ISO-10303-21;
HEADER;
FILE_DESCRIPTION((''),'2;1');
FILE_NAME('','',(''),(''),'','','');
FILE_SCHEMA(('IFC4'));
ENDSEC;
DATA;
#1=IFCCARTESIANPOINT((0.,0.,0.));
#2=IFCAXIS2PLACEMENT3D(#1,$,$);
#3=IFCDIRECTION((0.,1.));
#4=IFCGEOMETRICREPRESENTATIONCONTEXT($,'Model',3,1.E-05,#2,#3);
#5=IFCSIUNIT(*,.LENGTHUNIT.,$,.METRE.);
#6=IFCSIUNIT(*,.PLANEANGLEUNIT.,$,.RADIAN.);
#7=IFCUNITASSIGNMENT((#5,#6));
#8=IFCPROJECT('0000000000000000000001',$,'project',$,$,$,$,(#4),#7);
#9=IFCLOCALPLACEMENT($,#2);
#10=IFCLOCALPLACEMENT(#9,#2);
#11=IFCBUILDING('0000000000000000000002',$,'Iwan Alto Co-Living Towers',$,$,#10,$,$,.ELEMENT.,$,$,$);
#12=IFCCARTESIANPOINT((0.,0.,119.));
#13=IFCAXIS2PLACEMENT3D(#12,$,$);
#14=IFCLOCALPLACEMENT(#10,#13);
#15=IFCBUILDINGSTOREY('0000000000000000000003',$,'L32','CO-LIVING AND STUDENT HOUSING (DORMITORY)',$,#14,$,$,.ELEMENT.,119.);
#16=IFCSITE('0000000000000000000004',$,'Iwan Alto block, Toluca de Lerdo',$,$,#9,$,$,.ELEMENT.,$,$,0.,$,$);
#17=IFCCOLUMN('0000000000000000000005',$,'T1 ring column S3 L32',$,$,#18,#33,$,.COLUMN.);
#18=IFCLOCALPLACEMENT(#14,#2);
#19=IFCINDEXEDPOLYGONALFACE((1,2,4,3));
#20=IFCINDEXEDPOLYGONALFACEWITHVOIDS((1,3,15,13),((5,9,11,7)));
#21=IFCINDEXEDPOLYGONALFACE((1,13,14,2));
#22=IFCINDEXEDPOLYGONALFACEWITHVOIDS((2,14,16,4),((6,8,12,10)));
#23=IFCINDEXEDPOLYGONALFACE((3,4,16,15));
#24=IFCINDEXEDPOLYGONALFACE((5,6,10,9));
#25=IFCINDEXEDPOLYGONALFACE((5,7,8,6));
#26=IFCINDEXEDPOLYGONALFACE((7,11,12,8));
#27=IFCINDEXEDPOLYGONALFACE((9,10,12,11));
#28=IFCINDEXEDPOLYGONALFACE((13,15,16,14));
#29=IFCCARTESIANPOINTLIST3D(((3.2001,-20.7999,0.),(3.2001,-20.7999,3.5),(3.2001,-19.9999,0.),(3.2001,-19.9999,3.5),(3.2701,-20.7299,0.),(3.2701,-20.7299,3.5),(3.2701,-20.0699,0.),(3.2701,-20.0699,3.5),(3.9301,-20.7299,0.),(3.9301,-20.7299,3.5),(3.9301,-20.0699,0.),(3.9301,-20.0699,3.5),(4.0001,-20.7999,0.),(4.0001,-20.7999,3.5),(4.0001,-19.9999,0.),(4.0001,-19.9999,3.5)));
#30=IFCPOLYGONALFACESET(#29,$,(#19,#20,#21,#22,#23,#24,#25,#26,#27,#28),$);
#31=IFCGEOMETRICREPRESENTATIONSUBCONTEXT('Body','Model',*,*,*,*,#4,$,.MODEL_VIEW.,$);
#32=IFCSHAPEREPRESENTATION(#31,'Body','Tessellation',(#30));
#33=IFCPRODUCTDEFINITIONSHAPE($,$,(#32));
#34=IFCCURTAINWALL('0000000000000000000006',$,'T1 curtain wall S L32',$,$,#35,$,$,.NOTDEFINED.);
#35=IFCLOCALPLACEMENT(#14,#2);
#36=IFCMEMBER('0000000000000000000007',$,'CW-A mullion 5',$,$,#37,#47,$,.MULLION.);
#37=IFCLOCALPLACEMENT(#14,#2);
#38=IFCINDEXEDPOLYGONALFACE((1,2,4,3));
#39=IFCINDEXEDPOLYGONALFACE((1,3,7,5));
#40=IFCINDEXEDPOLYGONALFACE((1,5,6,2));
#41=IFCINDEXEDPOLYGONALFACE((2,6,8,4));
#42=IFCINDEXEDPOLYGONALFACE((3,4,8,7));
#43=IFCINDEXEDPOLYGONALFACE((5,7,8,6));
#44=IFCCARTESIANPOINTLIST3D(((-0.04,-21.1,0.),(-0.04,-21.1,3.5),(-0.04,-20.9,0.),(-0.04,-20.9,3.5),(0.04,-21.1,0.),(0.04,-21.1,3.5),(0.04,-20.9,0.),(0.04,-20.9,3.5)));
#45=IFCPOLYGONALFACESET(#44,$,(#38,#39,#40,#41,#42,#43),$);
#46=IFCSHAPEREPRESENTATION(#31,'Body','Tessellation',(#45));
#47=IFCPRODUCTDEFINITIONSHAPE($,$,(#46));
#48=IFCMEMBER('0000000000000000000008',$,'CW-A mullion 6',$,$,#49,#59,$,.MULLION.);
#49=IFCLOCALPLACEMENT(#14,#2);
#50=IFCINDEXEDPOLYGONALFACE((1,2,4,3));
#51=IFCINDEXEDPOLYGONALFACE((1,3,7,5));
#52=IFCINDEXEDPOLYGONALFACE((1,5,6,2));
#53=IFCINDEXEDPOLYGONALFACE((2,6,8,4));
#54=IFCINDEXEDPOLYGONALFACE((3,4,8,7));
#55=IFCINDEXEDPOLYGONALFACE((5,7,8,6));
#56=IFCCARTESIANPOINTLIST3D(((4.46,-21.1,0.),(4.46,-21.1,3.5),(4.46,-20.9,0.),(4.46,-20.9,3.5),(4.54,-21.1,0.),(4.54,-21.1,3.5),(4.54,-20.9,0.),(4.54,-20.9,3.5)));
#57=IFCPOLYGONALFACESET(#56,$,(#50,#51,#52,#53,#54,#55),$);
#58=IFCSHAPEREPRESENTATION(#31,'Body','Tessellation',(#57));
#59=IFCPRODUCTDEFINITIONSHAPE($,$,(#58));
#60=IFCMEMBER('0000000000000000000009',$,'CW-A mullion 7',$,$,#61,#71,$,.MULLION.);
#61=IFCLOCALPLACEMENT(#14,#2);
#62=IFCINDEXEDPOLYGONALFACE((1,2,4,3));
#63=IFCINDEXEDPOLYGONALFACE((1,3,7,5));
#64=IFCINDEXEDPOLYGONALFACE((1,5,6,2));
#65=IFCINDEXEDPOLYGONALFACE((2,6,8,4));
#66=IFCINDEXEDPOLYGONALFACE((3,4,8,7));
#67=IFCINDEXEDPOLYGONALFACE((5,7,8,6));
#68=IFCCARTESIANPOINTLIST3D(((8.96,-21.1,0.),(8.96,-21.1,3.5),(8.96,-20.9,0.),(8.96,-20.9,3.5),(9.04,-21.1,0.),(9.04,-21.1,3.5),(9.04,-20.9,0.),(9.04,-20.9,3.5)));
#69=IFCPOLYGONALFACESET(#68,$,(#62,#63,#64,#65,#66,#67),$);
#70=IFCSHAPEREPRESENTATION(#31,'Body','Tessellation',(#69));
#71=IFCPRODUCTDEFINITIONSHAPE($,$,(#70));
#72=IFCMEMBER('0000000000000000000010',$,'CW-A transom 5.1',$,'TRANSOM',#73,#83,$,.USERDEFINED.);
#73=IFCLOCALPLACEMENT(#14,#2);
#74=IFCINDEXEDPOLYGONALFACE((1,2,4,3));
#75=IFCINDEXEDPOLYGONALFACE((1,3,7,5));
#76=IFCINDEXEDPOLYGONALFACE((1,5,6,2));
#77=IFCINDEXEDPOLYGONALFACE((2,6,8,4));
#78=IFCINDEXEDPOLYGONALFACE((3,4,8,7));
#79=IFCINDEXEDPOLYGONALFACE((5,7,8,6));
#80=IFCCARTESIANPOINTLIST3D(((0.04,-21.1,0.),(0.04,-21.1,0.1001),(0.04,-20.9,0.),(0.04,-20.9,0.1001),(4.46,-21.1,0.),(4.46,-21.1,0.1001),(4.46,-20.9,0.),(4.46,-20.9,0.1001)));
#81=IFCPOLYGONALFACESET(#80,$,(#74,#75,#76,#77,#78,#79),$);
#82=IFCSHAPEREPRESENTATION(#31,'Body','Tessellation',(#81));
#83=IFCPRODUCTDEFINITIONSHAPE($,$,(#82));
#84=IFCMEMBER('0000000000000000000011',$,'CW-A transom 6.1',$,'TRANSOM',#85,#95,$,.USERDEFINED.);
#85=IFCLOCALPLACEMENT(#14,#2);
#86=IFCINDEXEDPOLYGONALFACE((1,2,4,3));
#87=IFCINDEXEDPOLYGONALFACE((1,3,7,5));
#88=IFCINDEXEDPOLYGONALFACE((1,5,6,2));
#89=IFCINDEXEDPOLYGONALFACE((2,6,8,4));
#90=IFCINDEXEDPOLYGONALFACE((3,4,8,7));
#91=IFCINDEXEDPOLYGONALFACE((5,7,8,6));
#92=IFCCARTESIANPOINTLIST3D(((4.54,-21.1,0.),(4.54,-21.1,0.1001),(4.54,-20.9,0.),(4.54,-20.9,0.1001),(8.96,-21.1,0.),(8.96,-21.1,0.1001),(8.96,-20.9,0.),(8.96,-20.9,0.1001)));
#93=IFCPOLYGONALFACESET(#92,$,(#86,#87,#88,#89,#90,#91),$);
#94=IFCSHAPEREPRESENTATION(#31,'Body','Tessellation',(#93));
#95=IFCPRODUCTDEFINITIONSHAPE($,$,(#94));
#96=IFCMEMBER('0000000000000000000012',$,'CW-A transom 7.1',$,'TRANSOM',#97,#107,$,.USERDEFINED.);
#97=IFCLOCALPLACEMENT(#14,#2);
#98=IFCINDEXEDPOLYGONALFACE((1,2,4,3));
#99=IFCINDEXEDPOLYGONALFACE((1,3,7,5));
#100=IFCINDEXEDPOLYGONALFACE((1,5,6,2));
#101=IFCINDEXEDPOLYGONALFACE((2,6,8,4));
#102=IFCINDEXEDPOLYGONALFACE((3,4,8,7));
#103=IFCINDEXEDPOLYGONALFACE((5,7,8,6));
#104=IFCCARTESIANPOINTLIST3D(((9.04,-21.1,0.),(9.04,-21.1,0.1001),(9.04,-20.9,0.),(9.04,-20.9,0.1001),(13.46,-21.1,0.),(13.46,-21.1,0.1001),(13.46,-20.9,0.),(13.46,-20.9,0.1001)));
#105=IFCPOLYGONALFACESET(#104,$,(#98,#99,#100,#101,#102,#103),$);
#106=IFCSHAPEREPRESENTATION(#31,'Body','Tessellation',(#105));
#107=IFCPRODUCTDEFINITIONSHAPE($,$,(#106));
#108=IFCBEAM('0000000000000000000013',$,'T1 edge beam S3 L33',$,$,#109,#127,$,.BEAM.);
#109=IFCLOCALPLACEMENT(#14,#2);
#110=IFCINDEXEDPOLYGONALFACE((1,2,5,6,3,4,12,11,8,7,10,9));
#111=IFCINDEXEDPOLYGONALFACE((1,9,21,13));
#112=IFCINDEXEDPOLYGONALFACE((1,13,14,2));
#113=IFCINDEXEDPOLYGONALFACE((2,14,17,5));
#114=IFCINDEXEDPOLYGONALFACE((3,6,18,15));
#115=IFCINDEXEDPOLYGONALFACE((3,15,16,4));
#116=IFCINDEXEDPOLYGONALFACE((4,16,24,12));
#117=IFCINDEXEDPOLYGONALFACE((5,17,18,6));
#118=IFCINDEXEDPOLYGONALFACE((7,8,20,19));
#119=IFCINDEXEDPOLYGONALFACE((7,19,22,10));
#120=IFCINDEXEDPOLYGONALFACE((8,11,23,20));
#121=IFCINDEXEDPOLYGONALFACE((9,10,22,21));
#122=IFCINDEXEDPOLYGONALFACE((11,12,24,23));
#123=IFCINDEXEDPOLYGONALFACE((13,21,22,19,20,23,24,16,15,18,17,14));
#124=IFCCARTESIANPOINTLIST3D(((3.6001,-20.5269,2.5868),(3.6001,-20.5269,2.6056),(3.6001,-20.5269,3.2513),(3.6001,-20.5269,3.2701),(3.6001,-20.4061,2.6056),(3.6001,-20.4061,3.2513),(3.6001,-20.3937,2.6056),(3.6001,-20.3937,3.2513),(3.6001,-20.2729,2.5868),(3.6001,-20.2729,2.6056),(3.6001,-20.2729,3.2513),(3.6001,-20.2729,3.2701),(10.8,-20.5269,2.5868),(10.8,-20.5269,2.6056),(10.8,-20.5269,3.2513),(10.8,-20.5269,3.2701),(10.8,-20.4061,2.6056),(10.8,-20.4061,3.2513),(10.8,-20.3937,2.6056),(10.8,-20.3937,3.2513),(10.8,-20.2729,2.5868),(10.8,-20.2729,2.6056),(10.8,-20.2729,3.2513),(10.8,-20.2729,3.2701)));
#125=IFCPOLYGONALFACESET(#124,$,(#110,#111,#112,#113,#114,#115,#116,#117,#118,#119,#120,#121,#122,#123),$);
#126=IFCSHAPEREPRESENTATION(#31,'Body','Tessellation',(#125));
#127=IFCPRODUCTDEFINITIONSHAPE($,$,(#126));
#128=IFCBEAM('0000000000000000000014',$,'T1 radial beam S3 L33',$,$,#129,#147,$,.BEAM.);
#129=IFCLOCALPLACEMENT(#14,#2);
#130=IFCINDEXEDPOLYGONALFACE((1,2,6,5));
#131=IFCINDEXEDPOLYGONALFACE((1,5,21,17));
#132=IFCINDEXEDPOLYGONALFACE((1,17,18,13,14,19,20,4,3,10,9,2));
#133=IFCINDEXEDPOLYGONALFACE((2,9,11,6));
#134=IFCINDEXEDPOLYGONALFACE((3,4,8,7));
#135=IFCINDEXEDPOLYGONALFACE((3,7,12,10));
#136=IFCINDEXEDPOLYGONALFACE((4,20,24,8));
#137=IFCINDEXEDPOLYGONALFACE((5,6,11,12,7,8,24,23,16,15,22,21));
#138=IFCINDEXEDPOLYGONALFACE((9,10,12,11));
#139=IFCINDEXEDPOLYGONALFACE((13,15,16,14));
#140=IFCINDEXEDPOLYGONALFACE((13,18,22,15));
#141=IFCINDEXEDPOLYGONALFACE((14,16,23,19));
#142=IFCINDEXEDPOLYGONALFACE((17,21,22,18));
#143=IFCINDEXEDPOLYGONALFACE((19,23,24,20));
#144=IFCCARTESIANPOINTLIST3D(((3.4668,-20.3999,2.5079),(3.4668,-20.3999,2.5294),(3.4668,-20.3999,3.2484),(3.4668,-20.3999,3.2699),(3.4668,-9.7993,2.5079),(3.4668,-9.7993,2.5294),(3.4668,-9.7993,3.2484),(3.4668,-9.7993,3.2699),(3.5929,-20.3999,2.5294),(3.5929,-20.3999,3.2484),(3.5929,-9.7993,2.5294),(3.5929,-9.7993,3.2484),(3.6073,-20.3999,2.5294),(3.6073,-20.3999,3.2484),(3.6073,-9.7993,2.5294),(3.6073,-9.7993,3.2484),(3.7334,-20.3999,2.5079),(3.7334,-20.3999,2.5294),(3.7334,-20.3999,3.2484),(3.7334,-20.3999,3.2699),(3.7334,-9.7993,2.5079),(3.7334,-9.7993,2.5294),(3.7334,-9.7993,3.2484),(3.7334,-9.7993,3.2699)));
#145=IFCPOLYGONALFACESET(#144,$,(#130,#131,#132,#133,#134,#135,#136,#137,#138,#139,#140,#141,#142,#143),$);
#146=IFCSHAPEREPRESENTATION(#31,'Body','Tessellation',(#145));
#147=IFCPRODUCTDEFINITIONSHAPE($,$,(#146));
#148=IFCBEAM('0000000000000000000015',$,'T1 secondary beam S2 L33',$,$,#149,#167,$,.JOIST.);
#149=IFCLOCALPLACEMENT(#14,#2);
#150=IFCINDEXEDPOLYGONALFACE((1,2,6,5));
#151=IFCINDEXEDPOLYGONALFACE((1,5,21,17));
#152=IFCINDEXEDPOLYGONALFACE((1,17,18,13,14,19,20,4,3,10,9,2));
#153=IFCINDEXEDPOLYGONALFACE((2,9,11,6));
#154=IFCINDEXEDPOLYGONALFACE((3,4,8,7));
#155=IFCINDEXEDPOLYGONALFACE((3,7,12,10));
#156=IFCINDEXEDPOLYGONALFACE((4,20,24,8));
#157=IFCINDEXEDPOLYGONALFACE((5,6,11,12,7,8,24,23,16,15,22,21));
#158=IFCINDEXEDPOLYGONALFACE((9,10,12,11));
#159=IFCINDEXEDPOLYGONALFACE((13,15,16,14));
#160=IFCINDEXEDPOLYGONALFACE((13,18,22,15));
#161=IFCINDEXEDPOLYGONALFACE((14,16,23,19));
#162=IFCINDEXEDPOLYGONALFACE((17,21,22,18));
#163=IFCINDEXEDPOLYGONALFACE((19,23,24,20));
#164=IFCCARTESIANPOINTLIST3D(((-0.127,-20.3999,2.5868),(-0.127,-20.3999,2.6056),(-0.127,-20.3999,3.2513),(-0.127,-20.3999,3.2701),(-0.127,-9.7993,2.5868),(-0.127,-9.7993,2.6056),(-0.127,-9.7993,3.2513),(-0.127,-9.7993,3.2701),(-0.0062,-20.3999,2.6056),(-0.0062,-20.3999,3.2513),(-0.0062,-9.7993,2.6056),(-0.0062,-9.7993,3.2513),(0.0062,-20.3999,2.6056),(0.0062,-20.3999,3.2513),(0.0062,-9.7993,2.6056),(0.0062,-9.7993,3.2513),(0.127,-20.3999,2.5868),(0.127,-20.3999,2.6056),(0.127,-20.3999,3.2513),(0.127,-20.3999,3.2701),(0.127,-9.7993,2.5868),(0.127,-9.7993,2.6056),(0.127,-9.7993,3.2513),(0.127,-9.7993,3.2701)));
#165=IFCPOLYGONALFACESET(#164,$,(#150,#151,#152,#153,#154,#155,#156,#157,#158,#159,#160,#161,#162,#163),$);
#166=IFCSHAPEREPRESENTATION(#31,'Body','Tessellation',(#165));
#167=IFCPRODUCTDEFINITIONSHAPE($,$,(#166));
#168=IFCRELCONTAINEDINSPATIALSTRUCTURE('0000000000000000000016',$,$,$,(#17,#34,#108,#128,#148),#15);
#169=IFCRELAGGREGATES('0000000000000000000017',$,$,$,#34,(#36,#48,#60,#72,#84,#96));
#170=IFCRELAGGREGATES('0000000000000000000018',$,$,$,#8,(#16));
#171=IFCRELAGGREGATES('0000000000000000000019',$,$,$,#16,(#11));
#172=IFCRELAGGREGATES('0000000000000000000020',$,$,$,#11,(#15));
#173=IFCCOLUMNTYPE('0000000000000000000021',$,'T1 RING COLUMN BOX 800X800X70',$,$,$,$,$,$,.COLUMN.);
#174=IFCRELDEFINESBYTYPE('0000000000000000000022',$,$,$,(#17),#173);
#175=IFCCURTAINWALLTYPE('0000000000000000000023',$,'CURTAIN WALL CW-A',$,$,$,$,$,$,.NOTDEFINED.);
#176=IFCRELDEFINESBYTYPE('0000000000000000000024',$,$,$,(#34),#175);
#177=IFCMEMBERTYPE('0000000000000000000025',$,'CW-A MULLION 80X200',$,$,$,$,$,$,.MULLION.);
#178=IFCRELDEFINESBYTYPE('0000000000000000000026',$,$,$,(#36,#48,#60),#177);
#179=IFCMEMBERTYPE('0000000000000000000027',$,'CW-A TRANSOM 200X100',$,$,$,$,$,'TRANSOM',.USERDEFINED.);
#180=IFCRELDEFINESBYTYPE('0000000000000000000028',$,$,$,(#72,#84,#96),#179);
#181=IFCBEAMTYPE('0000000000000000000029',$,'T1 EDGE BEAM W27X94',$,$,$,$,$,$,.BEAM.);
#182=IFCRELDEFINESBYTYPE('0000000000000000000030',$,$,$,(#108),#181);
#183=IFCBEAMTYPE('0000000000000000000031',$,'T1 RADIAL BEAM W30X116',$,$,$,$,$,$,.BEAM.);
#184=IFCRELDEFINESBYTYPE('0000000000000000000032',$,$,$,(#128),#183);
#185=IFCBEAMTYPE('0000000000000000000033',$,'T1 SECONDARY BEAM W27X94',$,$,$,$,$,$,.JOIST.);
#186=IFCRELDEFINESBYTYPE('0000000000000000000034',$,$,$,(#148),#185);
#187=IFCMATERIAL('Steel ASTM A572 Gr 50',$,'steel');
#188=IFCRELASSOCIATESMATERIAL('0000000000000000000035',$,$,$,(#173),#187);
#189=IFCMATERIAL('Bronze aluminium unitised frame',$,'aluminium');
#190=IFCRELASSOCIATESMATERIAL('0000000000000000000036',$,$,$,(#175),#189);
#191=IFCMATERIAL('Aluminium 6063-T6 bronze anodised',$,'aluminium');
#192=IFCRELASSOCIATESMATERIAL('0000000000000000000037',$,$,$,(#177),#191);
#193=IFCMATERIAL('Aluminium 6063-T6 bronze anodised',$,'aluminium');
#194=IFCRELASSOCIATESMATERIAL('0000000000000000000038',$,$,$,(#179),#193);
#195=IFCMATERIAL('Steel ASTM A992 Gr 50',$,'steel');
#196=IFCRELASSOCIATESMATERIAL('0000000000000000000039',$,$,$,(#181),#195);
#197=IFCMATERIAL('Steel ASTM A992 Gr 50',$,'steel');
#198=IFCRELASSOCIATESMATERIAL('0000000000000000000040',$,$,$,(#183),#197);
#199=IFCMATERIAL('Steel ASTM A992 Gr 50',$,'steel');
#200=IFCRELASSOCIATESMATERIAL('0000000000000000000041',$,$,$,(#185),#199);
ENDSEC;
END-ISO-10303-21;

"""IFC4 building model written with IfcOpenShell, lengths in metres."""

from ifc_helpers import new_model, si_unit, direction, frame, origin, origin_2d, place, context, subcontext, project, spatial, rectangle, hollow_rectangle, i_section, extrude, material, material_profile, profile_set, type_object, element, aggregate, save


model = new_model("IFC4")

# Units and contexts
model_context = context("Model", 3, precision=1e-05, world=origin(), true_north=direction((0.0, 1.0)))
body_context = subcontext(model_context, "Body", "Model", "MODEL_VIEW")
ifc_project = project(units=[si_unit("LENGTHUNIT", "METRE"), si_unit("PLANEANGLEUNIT", "RADIAN")], contexts=[model_context])

# Site, building, storey
site_placement = place(None, origin())
site = spatial("IfcSite", under=ifc_project, at=site_placement, Name="Iwan Alto block, Toluca de Lerdo", CompositionType="ELEMENT", RefElevation=0.0)
building_placement = place(site_placement, origin())
building = spatial("IfcBuilding", under=site, at=building_placement, Name="Iwan Alto Co-Living Towers", CompositionType="ELEMENT")
storey_placement = place(building_placement, frame((0.0, 0.0, 119.0)))
storey = spatial("IfcBuildingStorey", under=building, at=storey_placement, Name="L32", Description="CO-LIVING AND STUDENT HOUSING (DORMITORY)", CompositionType="ELEMENT", Elevation=119.0)

# Column
ifc_material_1 = material(Name="Steel ASTM A572 Gr 50", Category="steel")
ifc_material_profile_1 = material_profile(ifc_material_1, hollow_rectangle(XDim=0.8, YDim=0.8, WallThickness=0.0701, at=origin_2d()), Name="BOX 800X800X70")
ifc_profile_set_1 = profile_set([ifc_material_profile_1], Name="Steel ASTM A572 Gr 50")
column_type = type_object("IfcColumnType", Name="T1 RING COLUMN BOX 800X800X70", PredefinedType="COLUMN", material=ifc_profile_set_1)
column_placement = place(storey_placement, frame((3.6001, -20.3999, 0.0), z_axis=(0.0, 0.0, 1.0), x_axis=(1.0, 0.0, 0.0)))
element("IfcColumn", 1, at=column_placement, inside=storey, type_object=column_type, Name="T1 ring column S3 L32", PredefinedType="COLUMN", context=body_context, shape_type="SweptSolid", body=[
    extrude(hollow_rectangle(XDim=0.8, YDim=0.8, WallThickness=0.0701, at=origin_2d()), origin(), (0.0, 0.0, 1.0), 3.5),
])

# Curtain wall, members
ifc_material_2 = material(Name="Bronze aluminium unitised frame", Category="aluminium")
curtain_wall_type = type_object("IfcCurtainWallType", Name="CURTAIN WALL CW-A", PredefinedType="NOTDEFINED", material=ifc_material_2)
curtain_wall_placement = place(storey_placement, origin())
curtain_wall = element("IfcCurtainWall", 2, at=curtain_wall_placement, inside=storey, type_object=curtain_wall_type, Name="T1 curtain wall S L32", PredefinedType="NOTDEFINED")
ifc_material_3 = material(Name="Aluminium 6063-T6 bronze anodised", Category="aluminium")
ifc_material_profile_2 = material_profile(ifc_material_3, rectangle(XDim=0.2, YDim=0.0801, at=origin_2d()), Name="AL 80X200")
ifc_profile_set_2 = profile_set([ifc_material_profile_2], Name="Aluminium 6063-T6 bronze anodised")
member_type_1 = type_object("IfcMemberType", Name="CW-A MULLION 80X200", PredefinedType="MULLION", material=ifc_profile_set_2)
member_1_placement = place(storey_placement, frame((0.0, -21.0, 0.0), z_axis=(0.0, 0.0, 1.0), x_axis=(0.0, 1.0, 0.0)))
member_1 = element("IfcMember", 3, at=member_1_placement, type_object=member_type_1, Name="CW-A mullion 5", PredefinedType="MULLION", context=body_context, shape_type="SweptSolid", body=[
    extrude(rectangle(XDim=0.2, YDim=0.0801, at=origin_2d()), origin(), (0.0, 0.0, 1.0), 3.5),
])
member_2_placement = place(storey_placement, frame((4.5, -21.0, 0.0), z_axis=(0.0, 0.0, 1.0), x_axis=(0.0, 1.0, 0.0)))
member_2 = element("IfcMember", 4, at=member_2_placement, type_object=member_type_1, Name="CW-A mullion 6", PredefinedType="MULLION", context=body_context, shape_type="SweptSolid", body=[
    extrude(rectangle(XDim=0.2, YDim=0.0801, at=origin_2d()), origin(), (0.0, 0.0, 1.0), 3.5),
])
member_3_placement = place(storey_placement, frame((9.0, -21.0, 0.0), z_axis=(0.0, 0.0, 1.0), x_axis=(0.0, 1.0, 0.0)))
member_3 = element("IfcMember", 5, at=member_3_placement, type_object=member_type_1, Name="CW-A mullion 7", PredefinedType="MULLION", context=body_context, shape_type="SweptSolid", body=[
    extrude(rectangle(XDim=0.2, YDim=0.0801, at=origin_2d()), origin(), (0.0, 0.0, 1.0), 3.5),
])
ifc_material_4 = material(Name="Aluminium 6063-T6 bronze anodised", Category="aluminium")
ifc_material_profile_3 = material_profile(ifc_material_4, rectangle(XDim=0.2, YDim=0.1001, at=origin_2d()), Name="AL 200X100")
ifc_profile_set_3 = profile_set([ifc_material_profile_3], Name="Aluminium 6063-T6 bronze anodised")
member_type_2 = type_object("IfcMemberType", Name="CW-A TRANSOM 200X100", ElementType="TRANSOM", PredefinedType="USERDEFINED", material=ifc_profile_set_3)
member_4_placement = place(storey_placement, frame((0.04, -21.0, 0.05), z_axis=(1.0, 0.0, 0.0), x_axis=(0.0, 1.0, 0.0)))
member_4 = element("IfcMember", 6, at=member_4_placement, type_object=member_type_2, Name="CW-A transom 5.1", ObjectType="TRANSOM", PredefinedType="USERDEFINED", context=body_context, shape_type="SweptSolid", body=[
    extrude(rectangle(XDim=0.2, YDim=0.1001, at=origin_2d()), origin(), (0.0, 0.0, 1.0), 4.4199),
])
member_5_placement = place(storey_placement, frame((4.54, -21.0, 0.05), z_axis=(1.0, 0.0, 0.0), x_axis=(0.0, 1.0, 0.0)))
member_5 = element("IfcMember", 7, at=member_5_placement, type_object=member_type_2, Name="CW-A transom 6.1", ObjectType="TRANSOM", PredefinedType="USERDEFINED", context=body_context, shape_type="SweptSolid", body=[
    extrude(rectangle(XDim=0.2, YDim=0.1001, at=origin_2d()), origin(), (0.0, 0.0, 1.0), 4.4199),
])
member_6_placement = place(storey_placement, frame((9.04, -21.0, 0.05), z_axis=(1.0, 0.0, 0.0), x_axis=(0.0, 1.0, 0.0)))
member_6 = element("IfcMember", 8, at=member_6_placement, type_object=member_type_2, Name="CW-A transom 7.1", ObjectType="TRANSOM", PredefinedType="USERDEFINED", context=body_context, shape_type="SweptSolid", body=[
    extrude(rectangle(XDim=0.2, YDim=0.1001, at=origin_2d()), origin(), (0.0, 0.0, 1.0), 4.4199),
])

# Beams
ifc_material_5 = material(Name="Steel ASTM A992 Gr 50", Category="steel")
ifc_material_profile_4 = material_profile(ifc_material_5, i_section(OverallWidth=0.2539, OverallDepth=0.6833, WebThickness=0.0125, FlangeThickness=0.0188, at=origin_2d()), Name="W27X94")
ifc_profile_set_4 = profile_set([ifc_material_profile_4], Name="Steel ASTM A992 Gr 50")
beam_type_1 = type_object("IfcBeamType", Name="T1 EDGE BEAM W27X94", PredefinedType="BEAM", material=ifc_profile_set_4)
beam_1_placement = place(storey_placement, frame((3.6001, -20.3999, 2.9285), z_axis=(1.0, 0.0, 0.0), x_axis=(0.0, 1.0, 0.0)))
element("IfcBeam", 9, at=beam_1_placement, inside=storey, type_object=beam_type_1, Name="T1 edge beam S3 L33", PredefinedType="BEAM", context=body_context, shape_type="SweptSolid", body=[
    extrude(i_section(OverallWidth=0.2539, OverallDepth=0.6833, WebThickness=0.0125, FlangeThickness=0.0188, at=origin_2d()), origin(), (0.0, 0.0, 1.0), 7.2),
])
ifc_material_6 = material(Name="Steel ASTM A992 Gr 50", Category="steel")
ifc_material_profile_5 = material_profile(ifc_material_6, i_section(OverallWidth=0.2666, OverallDepth=0.762, WebThickness=0.0144, FlangeThickness=0.0215, at=origin_2d()), Name="W30X116")
ifc_profile_set_5 = profile_set([ifc_material_profile_5], Name="Steel ASTM A992 Gr 50")
beam_type_2 = type_object("IfcBeamType", Name="T1 RADIAL BEAM W30X116", PredefinedType="BEAM", material=ifc_profile_set_5)
beam_2_placement = place(storey_placement, frame((3.6001, -20.3999, 2.8889), z_axis=(0.0, 1.0, 0.0), x_axis=(-1.0, 0.0, 0.0)))
element("IfcBeam", 10, at=beam_2_placement, inside=storey, type_object=beam_type_2, Name="T1 radial beam S3 L33", PredefinedType="BEAM", context=body_context, shape_type="SweptSolid", body=[
    extrude(i_section(OverallWidth=0.2666, OverallDepth=0.762, WebThickness=0.0144, FlangeThickness=0.0215, at=origin_2d()), origin(), (0.0, 0.0, 1.0), 10.6006),
])
ifc_material_7 = material(Name="Steel ASTM A992 Gr 50", Category="steel")
ifc_material_profile_6 = material_profile(ifc_material_7, i_section(OverallWidth=0.2539, OverallDepth=0.6833, WebThickness=0.0125, FlangeThickness=0.0188, at=origin_2d()), Name="W27X94")
ifc_profile_set_6 = profile_set([ifc_material_profile_6], Name="Steel ASTM A992 Gr 50")
beam_type_3 = type_object("IfcBeamType", Name="T1 SECONDARY BEAM W27X94", PredefinedType="JOIST", material=ifc_profile_set_6)
for number, where, z_axis, x_axis, name in (
    (11, (0.0, -20.3999, 2.9285), (0.0, 1.0, 0.0), (-1.0, 0.0, 0.0), "T1 secondary beam S2 L33"),
):
    element("IfcBeam", number, at=place(storey_placement, frame(where, z_axis=z_axis, x_axis=x_axis)), inside=storey, type_object=beam_type_3, Name=name, PredefinedType="JOIST", context=body_context, shape_type="SweptSolid", body=[
        extrude(i_section(OverallWidth=0.2539, OverallDepth=0.6833, WebThickness=0.0125, FlangeThickness=0.0188, at=origin_2d()), origin(), (0.0, 0.0, 1.0), 10.6006),
    ])

aggregate(curtain_wall, [member_1, member_2, member_3, member_4, member_5, member_6])

save(model, "model.ifc")
